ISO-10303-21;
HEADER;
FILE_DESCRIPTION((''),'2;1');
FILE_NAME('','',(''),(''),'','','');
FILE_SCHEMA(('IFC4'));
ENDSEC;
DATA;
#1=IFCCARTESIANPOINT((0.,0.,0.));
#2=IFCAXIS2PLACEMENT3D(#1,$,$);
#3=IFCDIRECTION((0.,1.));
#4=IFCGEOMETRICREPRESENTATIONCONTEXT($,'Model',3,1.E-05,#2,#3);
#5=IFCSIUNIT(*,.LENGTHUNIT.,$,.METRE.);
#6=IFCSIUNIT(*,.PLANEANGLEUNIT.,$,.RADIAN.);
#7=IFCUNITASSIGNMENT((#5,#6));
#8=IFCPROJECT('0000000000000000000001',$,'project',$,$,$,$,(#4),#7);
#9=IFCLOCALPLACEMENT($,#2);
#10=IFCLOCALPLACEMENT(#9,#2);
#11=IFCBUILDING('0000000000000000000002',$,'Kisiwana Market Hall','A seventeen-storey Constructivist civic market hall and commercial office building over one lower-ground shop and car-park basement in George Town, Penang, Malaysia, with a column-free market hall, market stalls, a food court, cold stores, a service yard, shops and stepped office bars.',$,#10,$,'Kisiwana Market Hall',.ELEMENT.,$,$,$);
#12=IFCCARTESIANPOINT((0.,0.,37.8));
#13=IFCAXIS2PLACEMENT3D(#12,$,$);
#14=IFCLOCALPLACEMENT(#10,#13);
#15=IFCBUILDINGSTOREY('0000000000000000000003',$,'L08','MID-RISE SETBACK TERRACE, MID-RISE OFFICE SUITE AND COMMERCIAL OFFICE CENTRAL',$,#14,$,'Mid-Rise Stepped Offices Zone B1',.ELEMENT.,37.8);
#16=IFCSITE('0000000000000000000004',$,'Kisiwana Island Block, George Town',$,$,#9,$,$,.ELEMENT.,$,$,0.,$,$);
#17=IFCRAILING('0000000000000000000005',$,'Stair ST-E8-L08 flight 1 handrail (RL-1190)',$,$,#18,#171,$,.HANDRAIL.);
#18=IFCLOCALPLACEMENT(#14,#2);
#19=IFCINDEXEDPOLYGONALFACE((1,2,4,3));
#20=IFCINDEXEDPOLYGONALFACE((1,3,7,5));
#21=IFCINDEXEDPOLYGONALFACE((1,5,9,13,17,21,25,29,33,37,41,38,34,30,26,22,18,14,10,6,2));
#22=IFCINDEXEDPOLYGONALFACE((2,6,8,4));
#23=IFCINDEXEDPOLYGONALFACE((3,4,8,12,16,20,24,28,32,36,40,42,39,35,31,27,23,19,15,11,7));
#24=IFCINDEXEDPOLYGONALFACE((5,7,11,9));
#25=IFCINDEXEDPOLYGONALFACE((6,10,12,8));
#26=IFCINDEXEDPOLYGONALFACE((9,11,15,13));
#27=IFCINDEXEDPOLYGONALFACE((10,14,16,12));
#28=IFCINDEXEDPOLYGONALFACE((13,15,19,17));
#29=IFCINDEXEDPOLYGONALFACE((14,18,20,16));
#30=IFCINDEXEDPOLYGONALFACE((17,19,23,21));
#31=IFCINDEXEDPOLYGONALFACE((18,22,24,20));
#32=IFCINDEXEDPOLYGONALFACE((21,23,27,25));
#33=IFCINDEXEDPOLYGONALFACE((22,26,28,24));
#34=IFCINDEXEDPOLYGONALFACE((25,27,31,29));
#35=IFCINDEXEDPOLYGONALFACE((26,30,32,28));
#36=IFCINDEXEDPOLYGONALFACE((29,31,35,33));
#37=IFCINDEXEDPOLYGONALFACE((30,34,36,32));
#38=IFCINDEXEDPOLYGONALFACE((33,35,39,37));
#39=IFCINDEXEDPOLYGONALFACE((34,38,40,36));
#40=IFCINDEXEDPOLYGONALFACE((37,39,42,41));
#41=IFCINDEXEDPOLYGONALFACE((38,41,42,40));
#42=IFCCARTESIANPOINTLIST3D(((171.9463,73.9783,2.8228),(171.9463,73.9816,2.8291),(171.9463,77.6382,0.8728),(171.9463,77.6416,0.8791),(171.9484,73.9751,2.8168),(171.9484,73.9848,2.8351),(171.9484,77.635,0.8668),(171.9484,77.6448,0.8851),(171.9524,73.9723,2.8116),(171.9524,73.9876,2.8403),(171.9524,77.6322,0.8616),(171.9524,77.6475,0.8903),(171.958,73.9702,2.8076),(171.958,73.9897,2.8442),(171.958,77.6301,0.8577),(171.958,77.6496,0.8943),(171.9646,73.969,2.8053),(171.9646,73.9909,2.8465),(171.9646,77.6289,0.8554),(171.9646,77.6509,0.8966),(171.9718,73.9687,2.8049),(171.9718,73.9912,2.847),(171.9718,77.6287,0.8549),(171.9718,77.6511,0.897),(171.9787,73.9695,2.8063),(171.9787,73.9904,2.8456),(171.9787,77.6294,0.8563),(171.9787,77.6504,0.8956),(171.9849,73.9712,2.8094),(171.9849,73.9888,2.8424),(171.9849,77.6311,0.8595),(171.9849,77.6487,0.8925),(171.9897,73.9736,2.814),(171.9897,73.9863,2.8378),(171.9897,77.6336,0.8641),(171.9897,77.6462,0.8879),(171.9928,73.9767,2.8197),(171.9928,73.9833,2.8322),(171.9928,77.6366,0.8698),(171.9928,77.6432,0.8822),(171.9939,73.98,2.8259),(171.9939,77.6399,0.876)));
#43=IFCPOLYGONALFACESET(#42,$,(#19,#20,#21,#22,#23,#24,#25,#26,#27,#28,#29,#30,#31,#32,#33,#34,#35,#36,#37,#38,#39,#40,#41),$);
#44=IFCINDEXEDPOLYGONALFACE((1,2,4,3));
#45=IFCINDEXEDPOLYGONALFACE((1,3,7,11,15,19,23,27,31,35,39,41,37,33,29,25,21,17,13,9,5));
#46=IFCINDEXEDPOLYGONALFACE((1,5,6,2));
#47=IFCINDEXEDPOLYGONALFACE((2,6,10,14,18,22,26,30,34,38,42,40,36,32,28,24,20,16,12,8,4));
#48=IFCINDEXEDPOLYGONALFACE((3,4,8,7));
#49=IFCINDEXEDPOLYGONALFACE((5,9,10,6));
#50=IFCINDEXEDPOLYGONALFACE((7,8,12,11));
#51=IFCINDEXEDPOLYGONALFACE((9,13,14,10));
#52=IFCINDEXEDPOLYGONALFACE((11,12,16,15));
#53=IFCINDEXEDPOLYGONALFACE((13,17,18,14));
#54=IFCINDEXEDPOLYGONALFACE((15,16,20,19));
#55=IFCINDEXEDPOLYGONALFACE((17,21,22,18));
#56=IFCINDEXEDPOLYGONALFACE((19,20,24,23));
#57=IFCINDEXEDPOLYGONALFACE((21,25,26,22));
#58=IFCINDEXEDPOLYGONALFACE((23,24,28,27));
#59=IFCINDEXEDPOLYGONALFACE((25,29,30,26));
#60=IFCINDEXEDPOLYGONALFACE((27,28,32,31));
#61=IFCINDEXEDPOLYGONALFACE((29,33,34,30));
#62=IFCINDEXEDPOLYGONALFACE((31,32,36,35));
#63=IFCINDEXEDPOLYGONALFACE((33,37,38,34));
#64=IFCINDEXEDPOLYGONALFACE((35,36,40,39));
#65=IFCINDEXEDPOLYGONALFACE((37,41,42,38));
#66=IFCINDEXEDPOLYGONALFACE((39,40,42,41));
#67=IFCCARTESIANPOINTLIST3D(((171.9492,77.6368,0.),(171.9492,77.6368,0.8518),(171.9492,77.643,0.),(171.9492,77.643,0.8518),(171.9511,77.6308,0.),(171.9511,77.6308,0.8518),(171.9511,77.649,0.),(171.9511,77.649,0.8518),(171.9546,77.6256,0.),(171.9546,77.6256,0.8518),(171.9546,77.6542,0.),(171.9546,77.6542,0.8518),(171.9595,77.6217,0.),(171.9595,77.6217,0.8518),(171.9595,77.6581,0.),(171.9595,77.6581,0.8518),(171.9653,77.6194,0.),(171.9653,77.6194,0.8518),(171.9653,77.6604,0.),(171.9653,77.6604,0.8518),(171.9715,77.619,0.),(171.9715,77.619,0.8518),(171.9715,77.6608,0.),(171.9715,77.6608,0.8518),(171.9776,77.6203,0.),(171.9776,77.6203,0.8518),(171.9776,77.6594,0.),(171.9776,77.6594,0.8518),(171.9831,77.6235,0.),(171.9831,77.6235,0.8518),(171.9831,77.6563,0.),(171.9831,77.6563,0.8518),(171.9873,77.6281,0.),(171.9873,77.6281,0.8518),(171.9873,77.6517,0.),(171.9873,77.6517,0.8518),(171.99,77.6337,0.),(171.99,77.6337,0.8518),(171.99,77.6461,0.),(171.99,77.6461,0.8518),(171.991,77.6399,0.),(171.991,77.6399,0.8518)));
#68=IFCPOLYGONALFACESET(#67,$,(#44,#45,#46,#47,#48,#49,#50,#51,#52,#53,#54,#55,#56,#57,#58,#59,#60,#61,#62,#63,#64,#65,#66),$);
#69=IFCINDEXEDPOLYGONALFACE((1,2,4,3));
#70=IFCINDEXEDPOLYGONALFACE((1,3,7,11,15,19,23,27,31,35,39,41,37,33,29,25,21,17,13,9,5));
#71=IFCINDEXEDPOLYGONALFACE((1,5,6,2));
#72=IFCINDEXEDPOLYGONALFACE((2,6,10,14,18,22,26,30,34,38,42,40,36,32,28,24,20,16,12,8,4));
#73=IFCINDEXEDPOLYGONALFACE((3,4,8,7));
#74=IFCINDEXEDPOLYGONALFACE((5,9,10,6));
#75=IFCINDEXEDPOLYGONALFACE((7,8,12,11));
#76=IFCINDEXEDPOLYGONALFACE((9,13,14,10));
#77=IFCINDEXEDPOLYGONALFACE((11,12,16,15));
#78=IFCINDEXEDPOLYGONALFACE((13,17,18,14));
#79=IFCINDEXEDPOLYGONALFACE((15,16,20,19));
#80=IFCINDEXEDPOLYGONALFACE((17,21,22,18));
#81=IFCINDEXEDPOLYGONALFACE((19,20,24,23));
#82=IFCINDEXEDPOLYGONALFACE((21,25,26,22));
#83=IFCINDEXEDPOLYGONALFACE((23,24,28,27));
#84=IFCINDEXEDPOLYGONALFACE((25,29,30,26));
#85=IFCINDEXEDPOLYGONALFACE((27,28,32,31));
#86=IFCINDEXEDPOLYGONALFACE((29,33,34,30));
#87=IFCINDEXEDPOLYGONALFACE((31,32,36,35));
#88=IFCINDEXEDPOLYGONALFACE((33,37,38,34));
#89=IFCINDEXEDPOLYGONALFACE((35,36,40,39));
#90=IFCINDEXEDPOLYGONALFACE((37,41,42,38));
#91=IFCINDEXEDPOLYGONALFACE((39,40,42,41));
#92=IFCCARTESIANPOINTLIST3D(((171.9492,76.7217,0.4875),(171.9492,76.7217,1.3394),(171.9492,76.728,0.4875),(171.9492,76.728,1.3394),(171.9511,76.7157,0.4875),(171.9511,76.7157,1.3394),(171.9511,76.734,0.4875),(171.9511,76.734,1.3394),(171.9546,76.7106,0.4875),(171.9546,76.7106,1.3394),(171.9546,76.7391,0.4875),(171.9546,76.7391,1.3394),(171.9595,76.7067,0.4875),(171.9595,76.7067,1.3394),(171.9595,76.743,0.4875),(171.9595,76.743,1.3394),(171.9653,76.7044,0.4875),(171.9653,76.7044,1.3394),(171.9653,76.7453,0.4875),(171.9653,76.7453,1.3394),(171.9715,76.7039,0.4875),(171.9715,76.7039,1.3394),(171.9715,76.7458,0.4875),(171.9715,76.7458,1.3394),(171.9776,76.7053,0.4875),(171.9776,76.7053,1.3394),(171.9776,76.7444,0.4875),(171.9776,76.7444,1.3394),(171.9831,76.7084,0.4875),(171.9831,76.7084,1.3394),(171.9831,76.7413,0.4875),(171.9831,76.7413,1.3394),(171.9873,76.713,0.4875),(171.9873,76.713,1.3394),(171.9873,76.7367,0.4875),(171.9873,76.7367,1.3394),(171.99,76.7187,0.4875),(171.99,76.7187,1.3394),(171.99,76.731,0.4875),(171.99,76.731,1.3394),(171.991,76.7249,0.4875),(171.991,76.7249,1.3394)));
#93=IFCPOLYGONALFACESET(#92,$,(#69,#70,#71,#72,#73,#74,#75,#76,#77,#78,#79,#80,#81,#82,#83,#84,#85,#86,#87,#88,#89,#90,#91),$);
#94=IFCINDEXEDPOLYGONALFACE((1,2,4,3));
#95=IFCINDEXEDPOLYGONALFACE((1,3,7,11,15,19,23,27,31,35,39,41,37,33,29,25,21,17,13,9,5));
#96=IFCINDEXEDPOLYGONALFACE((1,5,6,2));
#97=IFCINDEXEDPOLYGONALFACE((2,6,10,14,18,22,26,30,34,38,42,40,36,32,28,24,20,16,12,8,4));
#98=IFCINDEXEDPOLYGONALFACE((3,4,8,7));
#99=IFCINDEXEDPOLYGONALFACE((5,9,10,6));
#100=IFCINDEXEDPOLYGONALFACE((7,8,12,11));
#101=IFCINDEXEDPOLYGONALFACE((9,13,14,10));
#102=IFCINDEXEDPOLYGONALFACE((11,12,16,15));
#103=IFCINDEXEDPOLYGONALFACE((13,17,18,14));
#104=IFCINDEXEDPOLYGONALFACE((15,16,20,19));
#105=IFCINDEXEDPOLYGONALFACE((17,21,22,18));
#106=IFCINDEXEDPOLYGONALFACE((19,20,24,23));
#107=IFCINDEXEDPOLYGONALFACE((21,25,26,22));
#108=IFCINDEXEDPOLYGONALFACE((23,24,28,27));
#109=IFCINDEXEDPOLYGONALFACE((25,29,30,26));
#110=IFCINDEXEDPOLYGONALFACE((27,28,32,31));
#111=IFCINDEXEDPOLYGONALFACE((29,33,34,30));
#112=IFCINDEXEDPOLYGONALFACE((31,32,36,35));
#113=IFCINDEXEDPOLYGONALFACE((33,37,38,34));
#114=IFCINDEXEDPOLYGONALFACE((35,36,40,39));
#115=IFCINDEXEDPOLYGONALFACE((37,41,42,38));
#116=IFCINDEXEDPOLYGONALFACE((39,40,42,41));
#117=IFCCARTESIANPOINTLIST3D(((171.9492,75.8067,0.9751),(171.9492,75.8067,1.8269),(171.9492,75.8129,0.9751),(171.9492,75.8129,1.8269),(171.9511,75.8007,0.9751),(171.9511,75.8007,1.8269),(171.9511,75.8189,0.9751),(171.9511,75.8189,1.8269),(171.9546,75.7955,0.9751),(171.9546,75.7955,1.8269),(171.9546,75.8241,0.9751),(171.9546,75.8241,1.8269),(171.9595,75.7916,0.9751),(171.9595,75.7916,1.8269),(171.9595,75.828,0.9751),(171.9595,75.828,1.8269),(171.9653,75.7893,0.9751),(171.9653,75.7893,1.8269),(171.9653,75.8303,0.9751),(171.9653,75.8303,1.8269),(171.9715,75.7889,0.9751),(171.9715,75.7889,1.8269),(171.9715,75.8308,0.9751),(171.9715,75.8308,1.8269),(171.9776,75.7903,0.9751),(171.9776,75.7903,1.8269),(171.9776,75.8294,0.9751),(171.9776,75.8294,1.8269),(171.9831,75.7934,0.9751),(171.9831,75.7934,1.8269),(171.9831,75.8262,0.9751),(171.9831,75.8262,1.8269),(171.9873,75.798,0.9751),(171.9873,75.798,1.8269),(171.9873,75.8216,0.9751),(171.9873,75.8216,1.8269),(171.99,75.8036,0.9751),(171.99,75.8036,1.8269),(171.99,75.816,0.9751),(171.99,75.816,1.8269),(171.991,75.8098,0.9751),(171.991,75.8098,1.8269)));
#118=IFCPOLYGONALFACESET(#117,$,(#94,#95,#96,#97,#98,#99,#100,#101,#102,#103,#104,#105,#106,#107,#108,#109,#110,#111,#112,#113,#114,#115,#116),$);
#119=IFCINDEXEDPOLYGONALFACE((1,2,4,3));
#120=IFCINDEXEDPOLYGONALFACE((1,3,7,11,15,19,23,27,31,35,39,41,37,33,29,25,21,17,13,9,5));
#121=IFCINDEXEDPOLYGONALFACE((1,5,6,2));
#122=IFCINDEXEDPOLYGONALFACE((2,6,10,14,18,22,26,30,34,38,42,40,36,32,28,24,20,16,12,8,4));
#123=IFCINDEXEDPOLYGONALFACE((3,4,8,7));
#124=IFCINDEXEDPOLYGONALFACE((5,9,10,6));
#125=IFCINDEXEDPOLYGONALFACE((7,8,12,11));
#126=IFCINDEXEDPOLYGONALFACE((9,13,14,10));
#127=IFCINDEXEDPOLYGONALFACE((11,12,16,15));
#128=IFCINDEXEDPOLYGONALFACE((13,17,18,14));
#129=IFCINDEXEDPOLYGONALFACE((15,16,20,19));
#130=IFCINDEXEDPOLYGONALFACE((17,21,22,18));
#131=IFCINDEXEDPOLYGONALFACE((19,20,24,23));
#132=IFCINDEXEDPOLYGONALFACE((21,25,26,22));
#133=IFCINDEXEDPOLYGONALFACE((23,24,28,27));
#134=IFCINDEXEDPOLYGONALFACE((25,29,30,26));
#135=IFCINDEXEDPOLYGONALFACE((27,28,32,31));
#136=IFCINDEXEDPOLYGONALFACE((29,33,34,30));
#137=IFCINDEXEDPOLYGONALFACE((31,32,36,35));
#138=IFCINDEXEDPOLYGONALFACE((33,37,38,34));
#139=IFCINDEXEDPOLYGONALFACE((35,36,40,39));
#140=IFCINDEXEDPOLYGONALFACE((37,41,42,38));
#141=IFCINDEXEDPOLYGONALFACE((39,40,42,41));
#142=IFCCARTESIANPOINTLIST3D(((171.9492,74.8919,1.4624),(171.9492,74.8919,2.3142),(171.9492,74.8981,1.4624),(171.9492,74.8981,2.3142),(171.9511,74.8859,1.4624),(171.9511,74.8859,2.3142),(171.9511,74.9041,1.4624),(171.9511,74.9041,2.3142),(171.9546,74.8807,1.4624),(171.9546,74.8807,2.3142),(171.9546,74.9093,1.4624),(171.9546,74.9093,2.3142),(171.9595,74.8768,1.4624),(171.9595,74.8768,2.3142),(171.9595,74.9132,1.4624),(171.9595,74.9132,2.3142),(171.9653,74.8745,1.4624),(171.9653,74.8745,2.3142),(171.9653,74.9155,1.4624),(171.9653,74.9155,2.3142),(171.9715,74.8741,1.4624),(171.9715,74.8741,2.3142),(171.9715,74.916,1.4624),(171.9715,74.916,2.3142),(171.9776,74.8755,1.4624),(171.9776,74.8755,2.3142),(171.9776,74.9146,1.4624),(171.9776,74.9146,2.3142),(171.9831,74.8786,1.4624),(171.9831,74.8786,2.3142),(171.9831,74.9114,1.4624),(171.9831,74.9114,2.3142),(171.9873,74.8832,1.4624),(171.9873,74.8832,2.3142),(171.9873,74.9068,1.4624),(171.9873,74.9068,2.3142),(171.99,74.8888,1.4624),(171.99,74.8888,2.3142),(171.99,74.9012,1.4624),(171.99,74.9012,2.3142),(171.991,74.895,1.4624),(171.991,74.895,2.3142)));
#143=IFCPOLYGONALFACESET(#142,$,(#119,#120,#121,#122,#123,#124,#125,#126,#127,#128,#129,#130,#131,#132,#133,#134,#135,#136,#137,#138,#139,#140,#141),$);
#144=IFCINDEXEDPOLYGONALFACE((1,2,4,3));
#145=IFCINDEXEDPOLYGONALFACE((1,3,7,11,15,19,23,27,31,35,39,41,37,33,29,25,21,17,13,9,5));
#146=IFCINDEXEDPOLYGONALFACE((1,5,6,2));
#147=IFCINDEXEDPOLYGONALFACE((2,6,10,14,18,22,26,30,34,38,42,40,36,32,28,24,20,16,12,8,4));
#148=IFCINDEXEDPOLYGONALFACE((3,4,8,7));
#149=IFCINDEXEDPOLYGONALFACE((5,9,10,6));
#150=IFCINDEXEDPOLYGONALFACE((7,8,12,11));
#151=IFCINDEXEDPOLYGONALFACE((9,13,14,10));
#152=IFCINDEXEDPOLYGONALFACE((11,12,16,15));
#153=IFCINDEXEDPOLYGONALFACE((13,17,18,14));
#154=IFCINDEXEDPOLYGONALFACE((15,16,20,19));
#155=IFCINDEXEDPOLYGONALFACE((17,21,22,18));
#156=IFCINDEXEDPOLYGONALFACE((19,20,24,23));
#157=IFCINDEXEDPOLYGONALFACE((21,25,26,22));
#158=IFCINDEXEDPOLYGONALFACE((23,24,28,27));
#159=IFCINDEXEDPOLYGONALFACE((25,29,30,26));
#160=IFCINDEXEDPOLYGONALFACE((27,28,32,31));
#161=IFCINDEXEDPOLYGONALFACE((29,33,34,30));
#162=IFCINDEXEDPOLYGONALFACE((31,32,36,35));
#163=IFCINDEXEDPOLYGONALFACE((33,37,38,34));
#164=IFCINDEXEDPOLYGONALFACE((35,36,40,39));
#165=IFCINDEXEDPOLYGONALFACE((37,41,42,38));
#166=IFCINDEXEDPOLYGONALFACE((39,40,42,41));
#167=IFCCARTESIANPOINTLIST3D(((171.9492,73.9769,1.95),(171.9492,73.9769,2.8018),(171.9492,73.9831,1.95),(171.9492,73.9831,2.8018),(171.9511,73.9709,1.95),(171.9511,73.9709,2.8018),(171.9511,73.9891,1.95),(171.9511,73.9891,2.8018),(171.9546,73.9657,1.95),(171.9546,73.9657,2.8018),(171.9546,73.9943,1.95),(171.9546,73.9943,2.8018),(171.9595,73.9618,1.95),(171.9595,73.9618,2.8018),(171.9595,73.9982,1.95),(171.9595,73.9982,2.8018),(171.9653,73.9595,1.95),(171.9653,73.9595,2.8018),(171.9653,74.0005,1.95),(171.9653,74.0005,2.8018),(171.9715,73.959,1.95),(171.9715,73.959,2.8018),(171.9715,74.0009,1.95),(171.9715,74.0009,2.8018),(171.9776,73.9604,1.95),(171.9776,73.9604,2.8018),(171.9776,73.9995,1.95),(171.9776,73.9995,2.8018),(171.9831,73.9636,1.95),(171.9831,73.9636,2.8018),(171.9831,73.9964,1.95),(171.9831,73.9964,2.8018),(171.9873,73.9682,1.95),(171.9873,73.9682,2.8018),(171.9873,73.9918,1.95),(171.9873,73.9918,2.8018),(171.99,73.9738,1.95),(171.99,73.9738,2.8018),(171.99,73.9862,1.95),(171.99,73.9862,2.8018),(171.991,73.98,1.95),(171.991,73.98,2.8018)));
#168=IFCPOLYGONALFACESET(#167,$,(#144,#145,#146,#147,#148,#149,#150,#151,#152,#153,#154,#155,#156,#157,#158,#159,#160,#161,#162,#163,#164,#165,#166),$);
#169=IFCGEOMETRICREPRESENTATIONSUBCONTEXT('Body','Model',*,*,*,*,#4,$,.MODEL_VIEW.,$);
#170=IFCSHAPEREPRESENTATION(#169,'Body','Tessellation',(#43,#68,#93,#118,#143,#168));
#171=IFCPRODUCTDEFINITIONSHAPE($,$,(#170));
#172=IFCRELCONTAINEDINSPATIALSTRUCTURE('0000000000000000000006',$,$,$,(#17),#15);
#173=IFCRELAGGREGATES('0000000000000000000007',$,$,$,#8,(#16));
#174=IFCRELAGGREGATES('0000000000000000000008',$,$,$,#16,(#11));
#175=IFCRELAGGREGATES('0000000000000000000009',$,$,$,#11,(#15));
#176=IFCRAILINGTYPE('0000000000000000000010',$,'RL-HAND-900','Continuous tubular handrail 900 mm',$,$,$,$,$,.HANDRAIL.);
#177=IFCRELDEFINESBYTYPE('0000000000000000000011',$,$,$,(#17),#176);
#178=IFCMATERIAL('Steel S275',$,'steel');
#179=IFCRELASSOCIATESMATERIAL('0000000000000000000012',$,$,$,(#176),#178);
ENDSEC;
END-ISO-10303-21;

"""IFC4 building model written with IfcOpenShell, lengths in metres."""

from ifc_helpers import new_model, si_unit, direction, frame, origin, origin_2d, place, context, subcontext, project, spatial, circle, extrude, material, type_object, element, save


model = new_model("IFC4")

# Units and contexts
model_context = context("Model", 3, precision=1e-05, world=origin(), true_north=direction((0.0, 1.0)))
body_context = subcontext(model_context, "Body", "Model", "MODEL_VIEW")
ifc_project = project(units=[si_unit("LENGTHUNIT", "METRE"), si_unit("PLANEANGLEUNIT", "RADIAN")], contexts=[model_context])

# Site, building, storey
site_placement = place(None, origin())
site = spatial("IfcSite", under=ifc_project, at=site_placement, Name="Kisiwana Island Block, George Town", CompositionType="ELEMENT", RefElevation=0.0)
building_placement = place(site_placement, origin())
building = spatial("IfcBuilding", under=site, at=building_placement, Name="Kisiwana Market Hall", Description="A seventeen-storey Constructivist civic market hall and commercial office building over one lower-ground shop and car-park basement in George Town, Penang, Malaysia, with a column-free market hall, market stalls, a food court, cold stores, a service yard, shops and stepped office bars.", LongName="Kisiwana Market Hall", CompositionType="ELEMENT")
storey_placement = place(building_placement, frame((0.0, 0.0, 37.8)))
storey = spatial("IfcBuildingStorey", under=building, at=storey_placement, Name="L08", Description="MID-RISE SETBACK TERRACE, MID-RISE OFFICE SUITE AND COMMERCIAL OFFICE CENTRAL", LongName="Mid-Rise Stepped Offices Zone B1", CompositionType="ELEMENT", Elevation=37.8)

# Railing
ifc_material_1 = material(Name="Steel S275", Category="steel")
railing_type_1 = type_object("IfcRailingType", Name="RL-HAND-900", Description="Continuous tubular handrail 900 mm", PredefinedType="HANDRAIL", material=ifc_material_1)
railing_1_placement = place(storey_placement, frame((171.97, 77.6399, 0.0)))
element("IfcRailing", 1, at=railing_1_placement, inside=storey, type_object=railing_type_1, Name="Stair ST-E8-L08 flight 1 handrail (RL-1190)", PredefinedType="HANDRAIL", context=body_context, shape_type="SweptSolid", body=[
    extrude(circle(Radius=0.0239, at=origin_2d()), frame((0.0, 0.0, 0.876), z_axis=(0.0, -0.882553, 0.470212), x_axis=(1.0, 0.0, 0.0)), (0.0, 0.0, 1.0), 4.147),
    extrude(circle(Radius=0.021, at=origin_2d()), origin(), (0.0, 0.0, 1.0), 0.8518),
    extrude(circle(Radius=0.021, at=origin_2d()), frame((0.0, -0.915, 0.4875)), (0.0, 0.0, 1.0), 0.8518),
    extrude(circle(Radius=0.021, at=origin_2d()), frame((0.0, -1.8301, 0.9751)), (0.0, 0.0, 1.0), 0.8518),
    extrude(circle(Radius=0.021, at=origin_2d()), frame((0.0, -2.7449, 1.4624)), (0.0, 0.0, 1.0), 0.8518),
    extrude(circle(Radius=0.021, at=origin_2d()), frame((0.0, -3.6599, 1.95)), (0.0, 0.0, 1.0), 0.8518),
])

save(model, "model.ifc")
